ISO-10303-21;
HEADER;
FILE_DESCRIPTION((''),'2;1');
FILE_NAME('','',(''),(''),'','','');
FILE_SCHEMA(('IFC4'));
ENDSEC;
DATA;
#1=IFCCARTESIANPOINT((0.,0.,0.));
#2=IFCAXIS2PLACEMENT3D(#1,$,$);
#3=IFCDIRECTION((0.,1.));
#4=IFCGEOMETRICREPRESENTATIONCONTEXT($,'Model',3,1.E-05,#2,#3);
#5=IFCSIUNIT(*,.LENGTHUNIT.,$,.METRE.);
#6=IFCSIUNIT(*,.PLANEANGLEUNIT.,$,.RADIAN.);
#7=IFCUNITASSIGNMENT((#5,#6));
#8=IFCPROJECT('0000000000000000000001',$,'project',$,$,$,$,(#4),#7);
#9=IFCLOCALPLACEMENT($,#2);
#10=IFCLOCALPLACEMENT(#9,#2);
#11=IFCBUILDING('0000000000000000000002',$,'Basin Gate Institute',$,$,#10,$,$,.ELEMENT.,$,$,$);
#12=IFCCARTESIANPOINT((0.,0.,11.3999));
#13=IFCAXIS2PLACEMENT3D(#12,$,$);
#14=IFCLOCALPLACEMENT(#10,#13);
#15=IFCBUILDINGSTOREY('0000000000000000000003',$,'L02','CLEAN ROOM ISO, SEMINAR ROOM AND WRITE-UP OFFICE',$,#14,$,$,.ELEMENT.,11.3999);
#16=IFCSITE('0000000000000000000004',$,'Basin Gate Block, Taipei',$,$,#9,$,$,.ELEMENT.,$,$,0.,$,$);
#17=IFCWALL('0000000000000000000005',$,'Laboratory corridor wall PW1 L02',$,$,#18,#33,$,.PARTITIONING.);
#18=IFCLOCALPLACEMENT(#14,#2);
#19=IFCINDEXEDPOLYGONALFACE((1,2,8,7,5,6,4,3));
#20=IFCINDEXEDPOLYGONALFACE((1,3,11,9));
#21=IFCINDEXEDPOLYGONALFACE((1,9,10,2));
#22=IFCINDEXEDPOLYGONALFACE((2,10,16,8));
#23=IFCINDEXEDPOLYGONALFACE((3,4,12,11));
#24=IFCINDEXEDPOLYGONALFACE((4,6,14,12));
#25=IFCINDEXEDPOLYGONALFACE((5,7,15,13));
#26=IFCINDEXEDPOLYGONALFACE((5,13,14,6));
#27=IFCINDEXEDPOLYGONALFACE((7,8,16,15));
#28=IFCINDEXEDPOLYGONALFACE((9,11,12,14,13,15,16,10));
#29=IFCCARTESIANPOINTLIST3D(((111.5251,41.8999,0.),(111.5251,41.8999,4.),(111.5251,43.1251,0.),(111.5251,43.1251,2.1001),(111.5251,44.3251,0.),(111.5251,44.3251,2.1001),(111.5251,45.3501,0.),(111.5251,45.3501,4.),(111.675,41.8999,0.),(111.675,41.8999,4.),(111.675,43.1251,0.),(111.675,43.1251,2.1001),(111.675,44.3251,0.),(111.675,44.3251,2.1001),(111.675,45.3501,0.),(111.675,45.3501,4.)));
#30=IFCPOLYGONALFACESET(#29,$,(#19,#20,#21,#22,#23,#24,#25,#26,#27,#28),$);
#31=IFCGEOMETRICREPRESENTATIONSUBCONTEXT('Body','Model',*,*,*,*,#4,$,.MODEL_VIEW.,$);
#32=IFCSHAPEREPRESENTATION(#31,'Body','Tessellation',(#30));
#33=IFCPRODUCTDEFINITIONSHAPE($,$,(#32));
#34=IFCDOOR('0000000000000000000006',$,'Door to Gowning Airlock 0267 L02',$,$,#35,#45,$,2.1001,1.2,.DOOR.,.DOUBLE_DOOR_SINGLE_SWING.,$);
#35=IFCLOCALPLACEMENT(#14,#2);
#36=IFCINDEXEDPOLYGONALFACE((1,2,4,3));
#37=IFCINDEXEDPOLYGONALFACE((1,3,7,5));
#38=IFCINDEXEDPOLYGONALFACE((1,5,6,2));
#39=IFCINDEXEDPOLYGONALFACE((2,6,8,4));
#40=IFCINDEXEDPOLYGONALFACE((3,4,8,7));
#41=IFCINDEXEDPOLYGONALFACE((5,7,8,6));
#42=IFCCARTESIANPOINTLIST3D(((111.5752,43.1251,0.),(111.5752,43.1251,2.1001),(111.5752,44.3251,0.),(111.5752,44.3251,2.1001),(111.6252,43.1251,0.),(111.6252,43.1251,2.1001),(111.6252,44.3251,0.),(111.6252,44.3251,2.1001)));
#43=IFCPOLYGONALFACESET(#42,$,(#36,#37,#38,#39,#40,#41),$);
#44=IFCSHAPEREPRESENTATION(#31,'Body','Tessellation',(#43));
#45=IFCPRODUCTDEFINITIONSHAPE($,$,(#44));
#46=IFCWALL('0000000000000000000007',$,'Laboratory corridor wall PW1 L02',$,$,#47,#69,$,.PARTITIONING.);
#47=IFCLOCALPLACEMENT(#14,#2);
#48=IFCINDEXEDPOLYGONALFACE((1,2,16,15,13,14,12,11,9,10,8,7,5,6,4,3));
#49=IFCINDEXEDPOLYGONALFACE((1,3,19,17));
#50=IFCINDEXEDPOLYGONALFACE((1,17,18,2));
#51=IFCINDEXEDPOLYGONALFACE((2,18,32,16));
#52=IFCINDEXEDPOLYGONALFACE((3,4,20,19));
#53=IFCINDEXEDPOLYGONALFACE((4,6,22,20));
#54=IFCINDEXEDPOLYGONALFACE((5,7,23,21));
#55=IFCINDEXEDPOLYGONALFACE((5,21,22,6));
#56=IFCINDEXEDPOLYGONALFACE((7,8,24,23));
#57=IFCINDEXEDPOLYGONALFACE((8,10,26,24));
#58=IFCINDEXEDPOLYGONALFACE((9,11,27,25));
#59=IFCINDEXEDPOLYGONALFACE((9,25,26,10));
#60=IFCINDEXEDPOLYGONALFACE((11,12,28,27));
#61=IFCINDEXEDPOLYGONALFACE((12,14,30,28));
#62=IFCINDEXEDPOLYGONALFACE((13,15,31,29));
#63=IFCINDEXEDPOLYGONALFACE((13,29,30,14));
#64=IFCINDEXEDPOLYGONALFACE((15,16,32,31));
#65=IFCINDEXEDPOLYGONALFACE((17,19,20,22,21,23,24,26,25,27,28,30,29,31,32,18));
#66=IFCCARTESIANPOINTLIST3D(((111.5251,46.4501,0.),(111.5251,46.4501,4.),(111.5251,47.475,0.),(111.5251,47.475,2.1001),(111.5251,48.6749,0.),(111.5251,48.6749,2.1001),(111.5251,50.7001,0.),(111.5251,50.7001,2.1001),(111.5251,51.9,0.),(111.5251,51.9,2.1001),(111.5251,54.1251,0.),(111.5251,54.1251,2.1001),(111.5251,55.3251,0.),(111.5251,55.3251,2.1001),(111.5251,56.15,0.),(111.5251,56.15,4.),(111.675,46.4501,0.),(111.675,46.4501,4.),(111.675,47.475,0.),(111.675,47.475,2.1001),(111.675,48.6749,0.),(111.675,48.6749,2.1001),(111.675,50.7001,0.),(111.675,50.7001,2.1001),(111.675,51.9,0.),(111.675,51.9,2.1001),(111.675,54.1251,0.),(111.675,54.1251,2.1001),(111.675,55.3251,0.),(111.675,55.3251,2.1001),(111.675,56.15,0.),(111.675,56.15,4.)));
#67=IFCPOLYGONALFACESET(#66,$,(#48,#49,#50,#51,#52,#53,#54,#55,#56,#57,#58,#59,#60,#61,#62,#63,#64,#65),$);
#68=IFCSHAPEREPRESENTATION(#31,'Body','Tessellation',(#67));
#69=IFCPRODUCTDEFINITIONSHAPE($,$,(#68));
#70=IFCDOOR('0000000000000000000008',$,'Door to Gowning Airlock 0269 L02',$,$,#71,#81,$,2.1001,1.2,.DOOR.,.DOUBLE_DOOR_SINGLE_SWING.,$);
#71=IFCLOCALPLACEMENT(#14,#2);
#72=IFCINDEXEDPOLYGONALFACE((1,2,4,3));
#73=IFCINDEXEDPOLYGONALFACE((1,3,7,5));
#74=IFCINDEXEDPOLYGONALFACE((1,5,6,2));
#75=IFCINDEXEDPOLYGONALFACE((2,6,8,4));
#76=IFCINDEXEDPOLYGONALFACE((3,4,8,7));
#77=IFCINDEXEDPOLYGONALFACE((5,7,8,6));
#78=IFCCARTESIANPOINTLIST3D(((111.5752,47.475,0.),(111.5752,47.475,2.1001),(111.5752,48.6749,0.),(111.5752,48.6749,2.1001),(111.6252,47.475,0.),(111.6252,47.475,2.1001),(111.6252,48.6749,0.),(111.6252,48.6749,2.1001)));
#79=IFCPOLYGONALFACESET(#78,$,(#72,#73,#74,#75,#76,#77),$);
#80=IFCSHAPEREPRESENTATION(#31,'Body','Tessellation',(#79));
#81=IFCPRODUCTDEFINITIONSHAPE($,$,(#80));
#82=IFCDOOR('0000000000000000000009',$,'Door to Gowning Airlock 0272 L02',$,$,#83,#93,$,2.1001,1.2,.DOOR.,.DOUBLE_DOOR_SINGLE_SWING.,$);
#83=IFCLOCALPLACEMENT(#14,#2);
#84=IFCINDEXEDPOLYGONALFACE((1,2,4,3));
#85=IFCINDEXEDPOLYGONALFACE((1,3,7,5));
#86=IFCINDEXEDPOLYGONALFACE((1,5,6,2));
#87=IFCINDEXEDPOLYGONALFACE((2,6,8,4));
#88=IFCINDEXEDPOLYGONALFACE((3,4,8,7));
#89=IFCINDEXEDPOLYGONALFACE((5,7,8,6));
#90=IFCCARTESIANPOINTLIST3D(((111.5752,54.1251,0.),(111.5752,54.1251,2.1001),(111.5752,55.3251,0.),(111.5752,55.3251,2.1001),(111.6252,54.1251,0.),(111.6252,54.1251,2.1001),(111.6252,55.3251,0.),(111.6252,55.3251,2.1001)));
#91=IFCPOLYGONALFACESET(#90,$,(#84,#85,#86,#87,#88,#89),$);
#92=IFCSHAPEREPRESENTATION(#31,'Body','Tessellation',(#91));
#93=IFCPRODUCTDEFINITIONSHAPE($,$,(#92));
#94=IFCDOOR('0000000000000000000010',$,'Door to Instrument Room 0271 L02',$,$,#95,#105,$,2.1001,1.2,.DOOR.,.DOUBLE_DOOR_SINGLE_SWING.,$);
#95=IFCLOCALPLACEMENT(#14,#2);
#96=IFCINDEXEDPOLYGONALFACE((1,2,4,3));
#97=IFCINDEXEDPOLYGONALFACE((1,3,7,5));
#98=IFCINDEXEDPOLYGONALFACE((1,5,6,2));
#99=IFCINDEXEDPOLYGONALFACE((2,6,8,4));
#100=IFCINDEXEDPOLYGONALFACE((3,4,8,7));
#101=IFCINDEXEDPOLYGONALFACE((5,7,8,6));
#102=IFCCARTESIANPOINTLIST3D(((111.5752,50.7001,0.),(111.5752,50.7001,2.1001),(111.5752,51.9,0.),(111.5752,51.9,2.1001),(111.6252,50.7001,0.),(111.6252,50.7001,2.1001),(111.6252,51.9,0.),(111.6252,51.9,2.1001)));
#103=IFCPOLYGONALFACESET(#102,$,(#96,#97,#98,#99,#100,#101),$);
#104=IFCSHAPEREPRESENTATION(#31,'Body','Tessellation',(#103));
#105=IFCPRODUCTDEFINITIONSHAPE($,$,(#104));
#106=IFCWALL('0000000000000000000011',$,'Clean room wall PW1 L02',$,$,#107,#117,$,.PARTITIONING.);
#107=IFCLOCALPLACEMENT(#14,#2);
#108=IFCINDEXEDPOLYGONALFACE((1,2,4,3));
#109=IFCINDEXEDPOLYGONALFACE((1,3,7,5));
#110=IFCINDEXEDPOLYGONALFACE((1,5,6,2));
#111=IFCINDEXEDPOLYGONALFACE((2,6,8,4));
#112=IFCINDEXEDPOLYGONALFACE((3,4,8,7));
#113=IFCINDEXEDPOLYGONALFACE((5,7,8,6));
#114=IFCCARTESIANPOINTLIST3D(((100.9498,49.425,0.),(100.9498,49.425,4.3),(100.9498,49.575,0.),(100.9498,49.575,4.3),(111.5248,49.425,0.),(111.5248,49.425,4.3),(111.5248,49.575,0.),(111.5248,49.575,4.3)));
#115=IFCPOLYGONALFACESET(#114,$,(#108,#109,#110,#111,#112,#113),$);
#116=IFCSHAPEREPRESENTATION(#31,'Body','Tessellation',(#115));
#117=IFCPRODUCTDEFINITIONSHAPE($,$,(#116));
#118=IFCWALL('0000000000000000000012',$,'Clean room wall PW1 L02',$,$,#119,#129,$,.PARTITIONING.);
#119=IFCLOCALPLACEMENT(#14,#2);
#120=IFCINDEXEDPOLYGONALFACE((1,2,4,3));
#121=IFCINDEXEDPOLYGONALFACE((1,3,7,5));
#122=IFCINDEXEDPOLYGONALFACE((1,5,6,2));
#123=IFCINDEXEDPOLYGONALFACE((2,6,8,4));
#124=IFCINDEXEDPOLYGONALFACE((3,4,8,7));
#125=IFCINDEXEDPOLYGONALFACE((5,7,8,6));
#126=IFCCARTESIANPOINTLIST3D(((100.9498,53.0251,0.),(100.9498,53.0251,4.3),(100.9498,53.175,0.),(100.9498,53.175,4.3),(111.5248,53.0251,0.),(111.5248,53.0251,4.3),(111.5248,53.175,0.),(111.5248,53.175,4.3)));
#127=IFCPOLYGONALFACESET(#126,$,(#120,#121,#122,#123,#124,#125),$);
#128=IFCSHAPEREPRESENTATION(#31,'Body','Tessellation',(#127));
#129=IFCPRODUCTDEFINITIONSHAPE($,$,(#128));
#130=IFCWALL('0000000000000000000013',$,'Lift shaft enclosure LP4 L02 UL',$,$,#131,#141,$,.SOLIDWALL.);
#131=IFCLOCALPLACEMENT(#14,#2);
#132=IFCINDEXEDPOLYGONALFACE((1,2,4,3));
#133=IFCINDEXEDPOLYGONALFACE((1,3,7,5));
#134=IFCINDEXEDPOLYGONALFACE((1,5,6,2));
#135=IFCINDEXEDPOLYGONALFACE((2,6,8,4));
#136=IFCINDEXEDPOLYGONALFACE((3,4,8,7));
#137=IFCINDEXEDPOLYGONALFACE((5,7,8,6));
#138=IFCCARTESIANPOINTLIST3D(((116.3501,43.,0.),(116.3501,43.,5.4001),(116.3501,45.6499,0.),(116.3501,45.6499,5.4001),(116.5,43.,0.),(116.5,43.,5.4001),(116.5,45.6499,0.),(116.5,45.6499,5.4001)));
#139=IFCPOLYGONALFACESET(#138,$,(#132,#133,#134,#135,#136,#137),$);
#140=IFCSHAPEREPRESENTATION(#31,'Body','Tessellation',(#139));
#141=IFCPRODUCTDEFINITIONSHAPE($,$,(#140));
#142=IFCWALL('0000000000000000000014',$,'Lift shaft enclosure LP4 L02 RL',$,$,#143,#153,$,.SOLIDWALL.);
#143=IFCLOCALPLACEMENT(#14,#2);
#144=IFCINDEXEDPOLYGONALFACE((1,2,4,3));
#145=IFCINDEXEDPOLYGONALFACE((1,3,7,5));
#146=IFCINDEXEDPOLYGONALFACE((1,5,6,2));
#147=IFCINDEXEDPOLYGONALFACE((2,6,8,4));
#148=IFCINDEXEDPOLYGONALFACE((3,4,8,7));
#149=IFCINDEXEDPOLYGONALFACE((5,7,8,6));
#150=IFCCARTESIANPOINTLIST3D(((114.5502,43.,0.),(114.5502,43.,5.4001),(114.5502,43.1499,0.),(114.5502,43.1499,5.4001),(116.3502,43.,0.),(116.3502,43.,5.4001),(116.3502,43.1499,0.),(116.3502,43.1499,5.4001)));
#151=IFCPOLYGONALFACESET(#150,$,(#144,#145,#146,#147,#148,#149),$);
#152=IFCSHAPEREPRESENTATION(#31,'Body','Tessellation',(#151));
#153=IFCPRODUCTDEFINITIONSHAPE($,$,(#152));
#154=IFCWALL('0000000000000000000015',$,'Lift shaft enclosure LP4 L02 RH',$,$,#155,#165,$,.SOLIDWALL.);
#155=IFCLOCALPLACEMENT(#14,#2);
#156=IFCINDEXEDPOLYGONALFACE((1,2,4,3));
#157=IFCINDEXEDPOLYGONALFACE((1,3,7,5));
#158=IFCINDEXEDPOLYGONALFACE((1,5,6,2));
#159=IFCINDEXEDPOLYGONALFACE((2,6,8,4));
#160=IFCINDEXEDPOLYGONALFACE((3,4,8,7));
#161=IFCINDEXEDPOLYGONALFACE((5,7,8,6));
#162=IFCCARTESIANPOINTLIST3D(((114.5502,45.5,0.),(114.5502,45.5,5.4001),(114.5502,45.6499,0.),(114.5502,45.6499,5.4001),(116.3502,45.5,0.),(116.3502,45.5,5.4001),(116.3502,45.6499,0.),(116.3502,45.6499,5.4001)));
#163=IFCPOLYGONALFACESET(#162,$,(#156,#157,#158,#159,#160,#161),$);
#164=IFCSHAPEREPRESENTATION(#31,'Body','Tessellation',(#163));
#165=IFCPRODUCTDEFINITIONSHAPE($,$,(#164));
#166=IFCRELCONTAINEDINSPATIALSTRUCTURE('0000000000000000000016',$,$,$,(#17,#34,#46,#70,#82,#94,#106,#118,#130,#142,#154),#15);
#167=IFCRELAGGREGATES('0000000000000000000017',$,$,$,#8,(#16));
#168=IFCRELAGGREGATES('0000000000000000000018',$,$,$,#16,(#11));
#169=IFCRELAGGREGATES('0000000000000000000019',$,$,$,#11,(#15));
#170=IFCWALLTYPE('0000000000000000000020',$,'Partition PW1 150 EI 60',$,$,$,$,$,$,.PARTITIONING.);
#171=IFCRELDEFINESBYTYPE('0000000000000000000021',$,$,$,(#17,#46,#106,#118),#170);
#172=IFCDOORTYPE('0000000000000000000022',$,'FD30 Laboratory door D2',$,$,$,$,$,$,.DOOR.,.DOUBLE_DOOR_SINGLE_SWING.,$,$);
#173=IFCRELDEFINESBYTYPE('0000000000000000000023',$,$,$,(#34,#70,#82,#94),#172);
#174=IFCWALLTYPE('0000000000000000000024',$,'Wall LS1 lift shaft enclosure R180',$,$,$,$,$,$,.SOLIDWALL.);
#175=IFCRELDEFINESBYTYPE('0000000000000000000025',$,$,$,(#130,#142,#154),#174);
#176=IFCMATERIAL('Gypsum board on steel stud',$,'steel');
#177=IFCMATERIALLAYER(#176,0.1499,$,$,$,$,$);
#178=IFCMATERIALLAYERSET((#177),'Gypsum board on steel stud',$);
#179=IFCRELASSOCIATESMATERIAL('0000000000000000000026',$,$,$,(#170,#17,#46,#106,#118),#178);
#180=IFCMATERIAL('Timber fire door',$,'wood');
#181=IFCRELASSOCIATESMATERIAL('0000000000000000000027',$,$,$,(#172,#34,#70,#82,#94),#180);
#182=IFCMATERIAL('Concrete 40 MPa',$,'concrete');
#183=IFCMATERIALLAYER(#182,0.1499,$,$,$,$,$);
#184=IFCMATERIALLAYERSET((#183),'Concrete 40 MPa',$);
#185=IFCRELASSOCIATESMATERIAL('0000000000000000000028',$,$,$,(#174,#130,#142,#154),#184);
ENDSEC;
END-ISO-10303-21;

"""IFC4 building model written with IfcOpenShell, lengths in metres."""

from ifc_helpers import new_model, si_unit, direction, frame, frame_2d, origin, place, context, subcontext, project, spatial, rectangle, extrude, material, layer, layer_set, type_object, element, fill, save


model = new_model("IFC4")

# Units and contexts
model_context = context("Model", 3, precision=1e-05, world=origin(), true_north=direction((0.0, 1.0)))
body_context = subcontext(model_context, "Body", "Model", "MODEL_VIEW")
ifc_project = project(units=[si_unit("LENGTHUNIT", "METRE"), si_unit("PLANEANGLEUNIT", "RADIAN")], contexts=[model_context])

# Site, building, storey
site_placement = place(None, origin())
site = spatial("IfcSite", under=ifc_project, at=site_placement, Name="Basin Gate Block, Taipei", CompositionType="ELEMENT", RefElevation=0.0)
building_placement = place(site_placement, origin())
building = spatial("IfcBuilding", under=site, at=building_placement, Name="Basin Gate Institute", CompositionType="ELEMENT")
storey_placement = place(building_placement, frame((0.0, 0.0, 11.3999)))
storey = spatial("IfcBuildingStorey", under=building, at=storey_placement, Name="L02", Description="CLEAN ROOM ISO, SEMINAR ROOM AND WRITE-UP OFFICE", CompositionType="ELEMENT", Elevation=11.3999)

# Shared definitions
ifc_material_1 = material(Name="Gypsum board on steel stud", Category="steel")
ifc_layer_1 = layer(ifc_material_1, 0.1499)
ifc_layer_set_1 = layer_set([ifc_layer_1], Name="Gypsum board on steel stud")
wall_type_1 = type_object("IfcWallType", Name="Partition PW1 150 EI 60", PredefinedType="PARTITIONING", material=ifc_layer_set_1)

# Wall, opening, door
wall_1_placement = place(storey_placement, frame((111.6001, 41.8999, 0.0), z_axis=(0.0, 0.0, 1.0), x_axis=(0.0, 1.0, 0.0)))
wall_1 = element("IfcWall", 1, at=wall_1_placement, inside=storey, type_object=wall_type_1, material=ifc_layer_set_1, Name="Laboratory corridor wall PW1 L02", PredefinedType="PARTITIONING", context=body_context, shape_type="SweptSolid", body=[
    extrude(rectangle(XDim=3.4502, YDim=0.1499, at=frame_2d((1.7251, 0.0))), origin(), (0.0, 0.0, 1.0), 4.0),
])
opening_1_placement = place(wall_1_placement, frame((1.2251, 0.0, 0.0)))
opening_1 = element("IfcOpeningElement", 2, at=opening_1_placement, cuts=wall_1, PredefinedType="OPENING", context=body_context, shape_type="SweptSolid", body=[
    extrude(rectangle(XDim=1.2, YDim=2.1001, at=frame_2d((0.6001, 1.05))), frame((0.0, 0.085, 0.0), z_axis=(0.0, -1.0, 0.0), x_axis=(1.0, 0.0, 0.0)), (0.0, 0.0, 1.0), 0.1699),
])
ifc_material_2 = material(Name="Timber fire door", Category="wood")
door_type_1 = type_object("IfcDoorType", Name="FD30 Laboratory door D2", OperationType="DOUBLE_DOOR_SINGLE_SWING", PredefinedType="DOOR", material=ifc_material_2)
door_1_placement = place(opening_1_placement, origin())
door_1 = element("IfcDoor", 3, at=door_1_placement, inside=storey, type_object=door_type_1, material=ifc_material_2, Name="Door to Gowning Airlock 0267 L02", OperationType="DOUBLE_DOOR_SINGLE_SWING", OverallHeight=2.1001, OverallWidth=1.2, PredefinedType="DOOR", context=body_context, shape_type="SweptSolid", body=[
    extrude(rectangle(XDim=1.2, YDim=2.1001, at=frame_2d((0.6001, 1.05))), frame((0.0, 0.0249, 0.0), z_axis=(0.0, -1.0, 0.0), x_axis=(1.0, 0.0, 0.0)), (0.0, 0.0, 1.0), 0.05),
])
fill(opening_1, door_1)

# Wall, openings, doors
wall_2_placement = place(storey_placement, frame((111.6001, 46.45, 0.0), z_axis=(0.0, 0.0, 1.0), x_axis=(0.0, 1.0, 0.0)))
wall_2 = element("IfcWall", 4, at=wall_2_placement, inside=storey, type_object=wall_type_1, material=ifc_layer_set_1, Name="Laboratory corridor wall PW1 L02", PredefinedType="PARTITIONING", context=body_context, shape_type="SweptSolid", body=[
    extrude(rectangle(XDim=9.7, YDim=0.1499, at=frame_2d((4.8501, 0.0))), origin(), (0.0, 0.0, 1.0), 4.0),
])
opening_2_placement = place(wall_2_placement, frame((1.0249, 0.0, 0.0)))
opening_2 = element("IfcOpeningElement", 5, at=opening_2_placement, cuts=wall_2, PredefinedType="OPENING", context=body_context, shape_type="SweptSolid", body=[
    extrude(rectangle(XDim=1.2, YDim=2.1001, at=frame_2d((0.6001, 1.05))), frame((0.0, 0.085, 0.0), z_axis=(0.0, -1.0, 0.0), x_axis=(1.0, 0.0, 0.0)), (0.0, 0.0, 1.0), 0.1699),
])
opening_3_placement = place(wall_2_placement, frame((7.675, 0.0, 0.0)))
opening_3 = element("IfcOpeningElement", 6, at=opening_3_placement, cuts=wall_2, PredefinedType="OPENING", context=body_context, shape_type="SweptSolid", body=[
    extrude(rectangle(XDim=1.2, YDim=2.1001, at=frame_2d((0.6001, 1.05))), frame((0.0, 0.085, 0.0), z_axis=(0.0, -1.0, 0.0), x_axis=(1.0, 0.0, 0.0)), (0.0, 0.0, 1.0), 0.1699),
])
opening_4_placement = place(wall_2_placement, frame((4.25, 0.0, 0.0)))
opening_4 = element("IfcOpeningElement", 7, at=opening_4_placement, cuts=wall_2, PredefinedType="OPENING", context=body_context, shape_type="SweptSolid", body=[
    extrude(rectangle(XDim=1.2, YDim=2.1001, at=frame_2d((0.6001, 1.05))), frame((0.0, 0.085, 0.0), z_axis=(0.0, -1.0, 0.0), x_axis=(1.0, 0.0, 0.0)), (0.0, 0.0, 1.0), 0.1699),
])
door_2_placement = place(opening_2_placement, origin())
door_2 = element("IfcDoor", 8, at=door_2_placement, inside=storey, type_object=door_type_1, material=ifc_material_2, Name="Door to Gowning Airlock 0269 L02", OperationType="DOUBLE_DOOR_SINGLE_SWING", OverallHeight=2.1001, OverallWidth=1.2, PredefinedType="DOOR", context=body_context, shape_type="SweptSolid", body=[
    extrude(rectangle(XDim=1.2, YDim=2.1001, at=frame_2d((0.6001, 1.05))), frame((0.0, 0.0249, 0.0), z_axis=(0.0, -1.0, 0.0), x_axis=(1.0, 0.0, 0.0)), (0.0, 0.0, 1.0), 0.05),
])
fill(opening_2, door_2)
door_3_placement = place(opening_3_placement, origin())
door_3 = element("IfcDoor", 9, at=door_3_placement, inside=storey, type_object=door_type_1, material=ifc_material_2, Name="Door to Gowning Airlock 0272 L02", OperationType="DOUBLE_DOOR_SINGLE_SWING", OverallHeight=2.1001, OverallWidth=1.2, PredefinedType="DOOR", context=body_context, shape_type="SweptSolid", body=[
    extrude(rectangle(XDim=1.2, YDim=2.1001, at=frame_2d((0.6001, 1.05))), frame((0.0, 0.0249, 0.0), z_axis=(0.0, -1.0, 0.0), x_axis=(1.0, 0.0, 0.0)), (0.0, 0.0, 1.0), 0.05),
])
fill(opening_3, door_3)
door_4_placement = place(opening_4_placement, origin())
door_4 = element("IfcDoor", 10, at=door_4_placement, inside=storey, type_object=door_type_1, material=ifc_material_2, Name="Door to Instrument Room 0271 L02", OperationType="DOUBLE_DOOR_SINGLE_SWING", OverallHeight=2.1001, OverallWidth=1.2, PredefinedType="DOOR", context=body_context, shape_type="SweptSolid", body=[
    extrude(rectangle(XDim=1.2, YDim=2.1001, at=frame_2d((0.6001, 1.05))), frame((0.0, 0.0249, 0.0), z_axis=(0.0, -1.0, 0.0), x_axis=(1.0, 0.0, 0.0)), (0.0, 0.0, 1.0), 0.05),
])
fill(opening_4, door_4)

# Walls
for number, where, z_axis, x_axis, name in (
    (11, (111.5249, 49.5, 0.0), (0.0, 0.0, 1.0), (-1.0, 0.0, 0.0), "Clean room wall PW1 L02"),
    (12, (111.5249, 53.1001, 0.0), (0.0, 0.0, 1.0), (-1.0, 0.0, 0.0), "Clean room wall PW1 L02"),
):
    element("IfcWall", number, at=place(storey_placement, frame(where, z_axis=z_axis, x_axis=x_axis)), inside=storey, type_object=wall_type_1, material=ifc_layer_set_1, Name=name, PredefinedType="PARTITIONING", context=body_context, shape_type="SweptSolid", body=[
        extrude(rectangle(XDim=10.575, YDim=0.1499, at=frame_2d((5.2876, 0.0))), origin(), (0.0, 0.0, 1.0), 4.3),
    ])
ifc_material_3 = material(Name="Concrete 40 MPa", Category="concrete")
ifc_layer_2 = layer(ifc_material_3, 0.1499)
ifc_layer_set_2 = layer_set([ifc_layer_2], Name="Concrete 40 MPa")
wall_type_2 = type_object("IfcWallType", Name="Wall LS1 lift shaft enclosure R180", PredefinedType="SOLIDWALL", material=ifc_layer_set_2)
wall_3_placement = place(storey_placement, frame((116.425, 43.0, 0.0), z_axis=(0.0, 0.0, 1.0), x_axis=(0.0, 1.0, 0.0)))
element("IfcWall", 13, at=wall_3_placement, inside=storey, type_object=wall_type_2, material=ifc_layer_set_2, Name="Lift shaft enclosure LP4 L02 UL", PredefinedType="SOLIDWALL", context=body_context, shape_type="SweptSolid", body=[
    extrude(rectangle(XDim=2.6499, YDim=0.1499, at=frame_2d((1.325, 0.0))), origin(), (0.0, 0.0, 1.0), 5.4001),
])
for number, where, z_axis, x_axis, name in (
    (14, (116.3501, 43.075, 0.0), (0.0, 0.0, 1.0), (-1.0, 0.0, 0.0), "Lift shaft enclosure LP4 L02 RL"),
    (15, (116.3501, 45.575, 0.0), (0.0, 0.0, 1.0), (-1.0, 0.0, 0.0), "Lift shaft enclosure LP4 L02 RH"),
):
    element("IfcWall", number, at=place(storey_placement, frame(where, z_axis=z_axis, x_axis=x_axis)), inside=storey, type_object=wall_type_2, material=ifc_layer_set_2, Name=name, PredefinedType="SOLIDWALL", context=body_context, shape_type="SweptSolid", body=[
        extrude(rectangle(XDim=1.8, YDim=0.1499, at=frame_2d((0.8999, 0.0))), origin(), (0.0, 0.0, 1.0), 5.4001),
    ])

save(model, "model.ifc")
